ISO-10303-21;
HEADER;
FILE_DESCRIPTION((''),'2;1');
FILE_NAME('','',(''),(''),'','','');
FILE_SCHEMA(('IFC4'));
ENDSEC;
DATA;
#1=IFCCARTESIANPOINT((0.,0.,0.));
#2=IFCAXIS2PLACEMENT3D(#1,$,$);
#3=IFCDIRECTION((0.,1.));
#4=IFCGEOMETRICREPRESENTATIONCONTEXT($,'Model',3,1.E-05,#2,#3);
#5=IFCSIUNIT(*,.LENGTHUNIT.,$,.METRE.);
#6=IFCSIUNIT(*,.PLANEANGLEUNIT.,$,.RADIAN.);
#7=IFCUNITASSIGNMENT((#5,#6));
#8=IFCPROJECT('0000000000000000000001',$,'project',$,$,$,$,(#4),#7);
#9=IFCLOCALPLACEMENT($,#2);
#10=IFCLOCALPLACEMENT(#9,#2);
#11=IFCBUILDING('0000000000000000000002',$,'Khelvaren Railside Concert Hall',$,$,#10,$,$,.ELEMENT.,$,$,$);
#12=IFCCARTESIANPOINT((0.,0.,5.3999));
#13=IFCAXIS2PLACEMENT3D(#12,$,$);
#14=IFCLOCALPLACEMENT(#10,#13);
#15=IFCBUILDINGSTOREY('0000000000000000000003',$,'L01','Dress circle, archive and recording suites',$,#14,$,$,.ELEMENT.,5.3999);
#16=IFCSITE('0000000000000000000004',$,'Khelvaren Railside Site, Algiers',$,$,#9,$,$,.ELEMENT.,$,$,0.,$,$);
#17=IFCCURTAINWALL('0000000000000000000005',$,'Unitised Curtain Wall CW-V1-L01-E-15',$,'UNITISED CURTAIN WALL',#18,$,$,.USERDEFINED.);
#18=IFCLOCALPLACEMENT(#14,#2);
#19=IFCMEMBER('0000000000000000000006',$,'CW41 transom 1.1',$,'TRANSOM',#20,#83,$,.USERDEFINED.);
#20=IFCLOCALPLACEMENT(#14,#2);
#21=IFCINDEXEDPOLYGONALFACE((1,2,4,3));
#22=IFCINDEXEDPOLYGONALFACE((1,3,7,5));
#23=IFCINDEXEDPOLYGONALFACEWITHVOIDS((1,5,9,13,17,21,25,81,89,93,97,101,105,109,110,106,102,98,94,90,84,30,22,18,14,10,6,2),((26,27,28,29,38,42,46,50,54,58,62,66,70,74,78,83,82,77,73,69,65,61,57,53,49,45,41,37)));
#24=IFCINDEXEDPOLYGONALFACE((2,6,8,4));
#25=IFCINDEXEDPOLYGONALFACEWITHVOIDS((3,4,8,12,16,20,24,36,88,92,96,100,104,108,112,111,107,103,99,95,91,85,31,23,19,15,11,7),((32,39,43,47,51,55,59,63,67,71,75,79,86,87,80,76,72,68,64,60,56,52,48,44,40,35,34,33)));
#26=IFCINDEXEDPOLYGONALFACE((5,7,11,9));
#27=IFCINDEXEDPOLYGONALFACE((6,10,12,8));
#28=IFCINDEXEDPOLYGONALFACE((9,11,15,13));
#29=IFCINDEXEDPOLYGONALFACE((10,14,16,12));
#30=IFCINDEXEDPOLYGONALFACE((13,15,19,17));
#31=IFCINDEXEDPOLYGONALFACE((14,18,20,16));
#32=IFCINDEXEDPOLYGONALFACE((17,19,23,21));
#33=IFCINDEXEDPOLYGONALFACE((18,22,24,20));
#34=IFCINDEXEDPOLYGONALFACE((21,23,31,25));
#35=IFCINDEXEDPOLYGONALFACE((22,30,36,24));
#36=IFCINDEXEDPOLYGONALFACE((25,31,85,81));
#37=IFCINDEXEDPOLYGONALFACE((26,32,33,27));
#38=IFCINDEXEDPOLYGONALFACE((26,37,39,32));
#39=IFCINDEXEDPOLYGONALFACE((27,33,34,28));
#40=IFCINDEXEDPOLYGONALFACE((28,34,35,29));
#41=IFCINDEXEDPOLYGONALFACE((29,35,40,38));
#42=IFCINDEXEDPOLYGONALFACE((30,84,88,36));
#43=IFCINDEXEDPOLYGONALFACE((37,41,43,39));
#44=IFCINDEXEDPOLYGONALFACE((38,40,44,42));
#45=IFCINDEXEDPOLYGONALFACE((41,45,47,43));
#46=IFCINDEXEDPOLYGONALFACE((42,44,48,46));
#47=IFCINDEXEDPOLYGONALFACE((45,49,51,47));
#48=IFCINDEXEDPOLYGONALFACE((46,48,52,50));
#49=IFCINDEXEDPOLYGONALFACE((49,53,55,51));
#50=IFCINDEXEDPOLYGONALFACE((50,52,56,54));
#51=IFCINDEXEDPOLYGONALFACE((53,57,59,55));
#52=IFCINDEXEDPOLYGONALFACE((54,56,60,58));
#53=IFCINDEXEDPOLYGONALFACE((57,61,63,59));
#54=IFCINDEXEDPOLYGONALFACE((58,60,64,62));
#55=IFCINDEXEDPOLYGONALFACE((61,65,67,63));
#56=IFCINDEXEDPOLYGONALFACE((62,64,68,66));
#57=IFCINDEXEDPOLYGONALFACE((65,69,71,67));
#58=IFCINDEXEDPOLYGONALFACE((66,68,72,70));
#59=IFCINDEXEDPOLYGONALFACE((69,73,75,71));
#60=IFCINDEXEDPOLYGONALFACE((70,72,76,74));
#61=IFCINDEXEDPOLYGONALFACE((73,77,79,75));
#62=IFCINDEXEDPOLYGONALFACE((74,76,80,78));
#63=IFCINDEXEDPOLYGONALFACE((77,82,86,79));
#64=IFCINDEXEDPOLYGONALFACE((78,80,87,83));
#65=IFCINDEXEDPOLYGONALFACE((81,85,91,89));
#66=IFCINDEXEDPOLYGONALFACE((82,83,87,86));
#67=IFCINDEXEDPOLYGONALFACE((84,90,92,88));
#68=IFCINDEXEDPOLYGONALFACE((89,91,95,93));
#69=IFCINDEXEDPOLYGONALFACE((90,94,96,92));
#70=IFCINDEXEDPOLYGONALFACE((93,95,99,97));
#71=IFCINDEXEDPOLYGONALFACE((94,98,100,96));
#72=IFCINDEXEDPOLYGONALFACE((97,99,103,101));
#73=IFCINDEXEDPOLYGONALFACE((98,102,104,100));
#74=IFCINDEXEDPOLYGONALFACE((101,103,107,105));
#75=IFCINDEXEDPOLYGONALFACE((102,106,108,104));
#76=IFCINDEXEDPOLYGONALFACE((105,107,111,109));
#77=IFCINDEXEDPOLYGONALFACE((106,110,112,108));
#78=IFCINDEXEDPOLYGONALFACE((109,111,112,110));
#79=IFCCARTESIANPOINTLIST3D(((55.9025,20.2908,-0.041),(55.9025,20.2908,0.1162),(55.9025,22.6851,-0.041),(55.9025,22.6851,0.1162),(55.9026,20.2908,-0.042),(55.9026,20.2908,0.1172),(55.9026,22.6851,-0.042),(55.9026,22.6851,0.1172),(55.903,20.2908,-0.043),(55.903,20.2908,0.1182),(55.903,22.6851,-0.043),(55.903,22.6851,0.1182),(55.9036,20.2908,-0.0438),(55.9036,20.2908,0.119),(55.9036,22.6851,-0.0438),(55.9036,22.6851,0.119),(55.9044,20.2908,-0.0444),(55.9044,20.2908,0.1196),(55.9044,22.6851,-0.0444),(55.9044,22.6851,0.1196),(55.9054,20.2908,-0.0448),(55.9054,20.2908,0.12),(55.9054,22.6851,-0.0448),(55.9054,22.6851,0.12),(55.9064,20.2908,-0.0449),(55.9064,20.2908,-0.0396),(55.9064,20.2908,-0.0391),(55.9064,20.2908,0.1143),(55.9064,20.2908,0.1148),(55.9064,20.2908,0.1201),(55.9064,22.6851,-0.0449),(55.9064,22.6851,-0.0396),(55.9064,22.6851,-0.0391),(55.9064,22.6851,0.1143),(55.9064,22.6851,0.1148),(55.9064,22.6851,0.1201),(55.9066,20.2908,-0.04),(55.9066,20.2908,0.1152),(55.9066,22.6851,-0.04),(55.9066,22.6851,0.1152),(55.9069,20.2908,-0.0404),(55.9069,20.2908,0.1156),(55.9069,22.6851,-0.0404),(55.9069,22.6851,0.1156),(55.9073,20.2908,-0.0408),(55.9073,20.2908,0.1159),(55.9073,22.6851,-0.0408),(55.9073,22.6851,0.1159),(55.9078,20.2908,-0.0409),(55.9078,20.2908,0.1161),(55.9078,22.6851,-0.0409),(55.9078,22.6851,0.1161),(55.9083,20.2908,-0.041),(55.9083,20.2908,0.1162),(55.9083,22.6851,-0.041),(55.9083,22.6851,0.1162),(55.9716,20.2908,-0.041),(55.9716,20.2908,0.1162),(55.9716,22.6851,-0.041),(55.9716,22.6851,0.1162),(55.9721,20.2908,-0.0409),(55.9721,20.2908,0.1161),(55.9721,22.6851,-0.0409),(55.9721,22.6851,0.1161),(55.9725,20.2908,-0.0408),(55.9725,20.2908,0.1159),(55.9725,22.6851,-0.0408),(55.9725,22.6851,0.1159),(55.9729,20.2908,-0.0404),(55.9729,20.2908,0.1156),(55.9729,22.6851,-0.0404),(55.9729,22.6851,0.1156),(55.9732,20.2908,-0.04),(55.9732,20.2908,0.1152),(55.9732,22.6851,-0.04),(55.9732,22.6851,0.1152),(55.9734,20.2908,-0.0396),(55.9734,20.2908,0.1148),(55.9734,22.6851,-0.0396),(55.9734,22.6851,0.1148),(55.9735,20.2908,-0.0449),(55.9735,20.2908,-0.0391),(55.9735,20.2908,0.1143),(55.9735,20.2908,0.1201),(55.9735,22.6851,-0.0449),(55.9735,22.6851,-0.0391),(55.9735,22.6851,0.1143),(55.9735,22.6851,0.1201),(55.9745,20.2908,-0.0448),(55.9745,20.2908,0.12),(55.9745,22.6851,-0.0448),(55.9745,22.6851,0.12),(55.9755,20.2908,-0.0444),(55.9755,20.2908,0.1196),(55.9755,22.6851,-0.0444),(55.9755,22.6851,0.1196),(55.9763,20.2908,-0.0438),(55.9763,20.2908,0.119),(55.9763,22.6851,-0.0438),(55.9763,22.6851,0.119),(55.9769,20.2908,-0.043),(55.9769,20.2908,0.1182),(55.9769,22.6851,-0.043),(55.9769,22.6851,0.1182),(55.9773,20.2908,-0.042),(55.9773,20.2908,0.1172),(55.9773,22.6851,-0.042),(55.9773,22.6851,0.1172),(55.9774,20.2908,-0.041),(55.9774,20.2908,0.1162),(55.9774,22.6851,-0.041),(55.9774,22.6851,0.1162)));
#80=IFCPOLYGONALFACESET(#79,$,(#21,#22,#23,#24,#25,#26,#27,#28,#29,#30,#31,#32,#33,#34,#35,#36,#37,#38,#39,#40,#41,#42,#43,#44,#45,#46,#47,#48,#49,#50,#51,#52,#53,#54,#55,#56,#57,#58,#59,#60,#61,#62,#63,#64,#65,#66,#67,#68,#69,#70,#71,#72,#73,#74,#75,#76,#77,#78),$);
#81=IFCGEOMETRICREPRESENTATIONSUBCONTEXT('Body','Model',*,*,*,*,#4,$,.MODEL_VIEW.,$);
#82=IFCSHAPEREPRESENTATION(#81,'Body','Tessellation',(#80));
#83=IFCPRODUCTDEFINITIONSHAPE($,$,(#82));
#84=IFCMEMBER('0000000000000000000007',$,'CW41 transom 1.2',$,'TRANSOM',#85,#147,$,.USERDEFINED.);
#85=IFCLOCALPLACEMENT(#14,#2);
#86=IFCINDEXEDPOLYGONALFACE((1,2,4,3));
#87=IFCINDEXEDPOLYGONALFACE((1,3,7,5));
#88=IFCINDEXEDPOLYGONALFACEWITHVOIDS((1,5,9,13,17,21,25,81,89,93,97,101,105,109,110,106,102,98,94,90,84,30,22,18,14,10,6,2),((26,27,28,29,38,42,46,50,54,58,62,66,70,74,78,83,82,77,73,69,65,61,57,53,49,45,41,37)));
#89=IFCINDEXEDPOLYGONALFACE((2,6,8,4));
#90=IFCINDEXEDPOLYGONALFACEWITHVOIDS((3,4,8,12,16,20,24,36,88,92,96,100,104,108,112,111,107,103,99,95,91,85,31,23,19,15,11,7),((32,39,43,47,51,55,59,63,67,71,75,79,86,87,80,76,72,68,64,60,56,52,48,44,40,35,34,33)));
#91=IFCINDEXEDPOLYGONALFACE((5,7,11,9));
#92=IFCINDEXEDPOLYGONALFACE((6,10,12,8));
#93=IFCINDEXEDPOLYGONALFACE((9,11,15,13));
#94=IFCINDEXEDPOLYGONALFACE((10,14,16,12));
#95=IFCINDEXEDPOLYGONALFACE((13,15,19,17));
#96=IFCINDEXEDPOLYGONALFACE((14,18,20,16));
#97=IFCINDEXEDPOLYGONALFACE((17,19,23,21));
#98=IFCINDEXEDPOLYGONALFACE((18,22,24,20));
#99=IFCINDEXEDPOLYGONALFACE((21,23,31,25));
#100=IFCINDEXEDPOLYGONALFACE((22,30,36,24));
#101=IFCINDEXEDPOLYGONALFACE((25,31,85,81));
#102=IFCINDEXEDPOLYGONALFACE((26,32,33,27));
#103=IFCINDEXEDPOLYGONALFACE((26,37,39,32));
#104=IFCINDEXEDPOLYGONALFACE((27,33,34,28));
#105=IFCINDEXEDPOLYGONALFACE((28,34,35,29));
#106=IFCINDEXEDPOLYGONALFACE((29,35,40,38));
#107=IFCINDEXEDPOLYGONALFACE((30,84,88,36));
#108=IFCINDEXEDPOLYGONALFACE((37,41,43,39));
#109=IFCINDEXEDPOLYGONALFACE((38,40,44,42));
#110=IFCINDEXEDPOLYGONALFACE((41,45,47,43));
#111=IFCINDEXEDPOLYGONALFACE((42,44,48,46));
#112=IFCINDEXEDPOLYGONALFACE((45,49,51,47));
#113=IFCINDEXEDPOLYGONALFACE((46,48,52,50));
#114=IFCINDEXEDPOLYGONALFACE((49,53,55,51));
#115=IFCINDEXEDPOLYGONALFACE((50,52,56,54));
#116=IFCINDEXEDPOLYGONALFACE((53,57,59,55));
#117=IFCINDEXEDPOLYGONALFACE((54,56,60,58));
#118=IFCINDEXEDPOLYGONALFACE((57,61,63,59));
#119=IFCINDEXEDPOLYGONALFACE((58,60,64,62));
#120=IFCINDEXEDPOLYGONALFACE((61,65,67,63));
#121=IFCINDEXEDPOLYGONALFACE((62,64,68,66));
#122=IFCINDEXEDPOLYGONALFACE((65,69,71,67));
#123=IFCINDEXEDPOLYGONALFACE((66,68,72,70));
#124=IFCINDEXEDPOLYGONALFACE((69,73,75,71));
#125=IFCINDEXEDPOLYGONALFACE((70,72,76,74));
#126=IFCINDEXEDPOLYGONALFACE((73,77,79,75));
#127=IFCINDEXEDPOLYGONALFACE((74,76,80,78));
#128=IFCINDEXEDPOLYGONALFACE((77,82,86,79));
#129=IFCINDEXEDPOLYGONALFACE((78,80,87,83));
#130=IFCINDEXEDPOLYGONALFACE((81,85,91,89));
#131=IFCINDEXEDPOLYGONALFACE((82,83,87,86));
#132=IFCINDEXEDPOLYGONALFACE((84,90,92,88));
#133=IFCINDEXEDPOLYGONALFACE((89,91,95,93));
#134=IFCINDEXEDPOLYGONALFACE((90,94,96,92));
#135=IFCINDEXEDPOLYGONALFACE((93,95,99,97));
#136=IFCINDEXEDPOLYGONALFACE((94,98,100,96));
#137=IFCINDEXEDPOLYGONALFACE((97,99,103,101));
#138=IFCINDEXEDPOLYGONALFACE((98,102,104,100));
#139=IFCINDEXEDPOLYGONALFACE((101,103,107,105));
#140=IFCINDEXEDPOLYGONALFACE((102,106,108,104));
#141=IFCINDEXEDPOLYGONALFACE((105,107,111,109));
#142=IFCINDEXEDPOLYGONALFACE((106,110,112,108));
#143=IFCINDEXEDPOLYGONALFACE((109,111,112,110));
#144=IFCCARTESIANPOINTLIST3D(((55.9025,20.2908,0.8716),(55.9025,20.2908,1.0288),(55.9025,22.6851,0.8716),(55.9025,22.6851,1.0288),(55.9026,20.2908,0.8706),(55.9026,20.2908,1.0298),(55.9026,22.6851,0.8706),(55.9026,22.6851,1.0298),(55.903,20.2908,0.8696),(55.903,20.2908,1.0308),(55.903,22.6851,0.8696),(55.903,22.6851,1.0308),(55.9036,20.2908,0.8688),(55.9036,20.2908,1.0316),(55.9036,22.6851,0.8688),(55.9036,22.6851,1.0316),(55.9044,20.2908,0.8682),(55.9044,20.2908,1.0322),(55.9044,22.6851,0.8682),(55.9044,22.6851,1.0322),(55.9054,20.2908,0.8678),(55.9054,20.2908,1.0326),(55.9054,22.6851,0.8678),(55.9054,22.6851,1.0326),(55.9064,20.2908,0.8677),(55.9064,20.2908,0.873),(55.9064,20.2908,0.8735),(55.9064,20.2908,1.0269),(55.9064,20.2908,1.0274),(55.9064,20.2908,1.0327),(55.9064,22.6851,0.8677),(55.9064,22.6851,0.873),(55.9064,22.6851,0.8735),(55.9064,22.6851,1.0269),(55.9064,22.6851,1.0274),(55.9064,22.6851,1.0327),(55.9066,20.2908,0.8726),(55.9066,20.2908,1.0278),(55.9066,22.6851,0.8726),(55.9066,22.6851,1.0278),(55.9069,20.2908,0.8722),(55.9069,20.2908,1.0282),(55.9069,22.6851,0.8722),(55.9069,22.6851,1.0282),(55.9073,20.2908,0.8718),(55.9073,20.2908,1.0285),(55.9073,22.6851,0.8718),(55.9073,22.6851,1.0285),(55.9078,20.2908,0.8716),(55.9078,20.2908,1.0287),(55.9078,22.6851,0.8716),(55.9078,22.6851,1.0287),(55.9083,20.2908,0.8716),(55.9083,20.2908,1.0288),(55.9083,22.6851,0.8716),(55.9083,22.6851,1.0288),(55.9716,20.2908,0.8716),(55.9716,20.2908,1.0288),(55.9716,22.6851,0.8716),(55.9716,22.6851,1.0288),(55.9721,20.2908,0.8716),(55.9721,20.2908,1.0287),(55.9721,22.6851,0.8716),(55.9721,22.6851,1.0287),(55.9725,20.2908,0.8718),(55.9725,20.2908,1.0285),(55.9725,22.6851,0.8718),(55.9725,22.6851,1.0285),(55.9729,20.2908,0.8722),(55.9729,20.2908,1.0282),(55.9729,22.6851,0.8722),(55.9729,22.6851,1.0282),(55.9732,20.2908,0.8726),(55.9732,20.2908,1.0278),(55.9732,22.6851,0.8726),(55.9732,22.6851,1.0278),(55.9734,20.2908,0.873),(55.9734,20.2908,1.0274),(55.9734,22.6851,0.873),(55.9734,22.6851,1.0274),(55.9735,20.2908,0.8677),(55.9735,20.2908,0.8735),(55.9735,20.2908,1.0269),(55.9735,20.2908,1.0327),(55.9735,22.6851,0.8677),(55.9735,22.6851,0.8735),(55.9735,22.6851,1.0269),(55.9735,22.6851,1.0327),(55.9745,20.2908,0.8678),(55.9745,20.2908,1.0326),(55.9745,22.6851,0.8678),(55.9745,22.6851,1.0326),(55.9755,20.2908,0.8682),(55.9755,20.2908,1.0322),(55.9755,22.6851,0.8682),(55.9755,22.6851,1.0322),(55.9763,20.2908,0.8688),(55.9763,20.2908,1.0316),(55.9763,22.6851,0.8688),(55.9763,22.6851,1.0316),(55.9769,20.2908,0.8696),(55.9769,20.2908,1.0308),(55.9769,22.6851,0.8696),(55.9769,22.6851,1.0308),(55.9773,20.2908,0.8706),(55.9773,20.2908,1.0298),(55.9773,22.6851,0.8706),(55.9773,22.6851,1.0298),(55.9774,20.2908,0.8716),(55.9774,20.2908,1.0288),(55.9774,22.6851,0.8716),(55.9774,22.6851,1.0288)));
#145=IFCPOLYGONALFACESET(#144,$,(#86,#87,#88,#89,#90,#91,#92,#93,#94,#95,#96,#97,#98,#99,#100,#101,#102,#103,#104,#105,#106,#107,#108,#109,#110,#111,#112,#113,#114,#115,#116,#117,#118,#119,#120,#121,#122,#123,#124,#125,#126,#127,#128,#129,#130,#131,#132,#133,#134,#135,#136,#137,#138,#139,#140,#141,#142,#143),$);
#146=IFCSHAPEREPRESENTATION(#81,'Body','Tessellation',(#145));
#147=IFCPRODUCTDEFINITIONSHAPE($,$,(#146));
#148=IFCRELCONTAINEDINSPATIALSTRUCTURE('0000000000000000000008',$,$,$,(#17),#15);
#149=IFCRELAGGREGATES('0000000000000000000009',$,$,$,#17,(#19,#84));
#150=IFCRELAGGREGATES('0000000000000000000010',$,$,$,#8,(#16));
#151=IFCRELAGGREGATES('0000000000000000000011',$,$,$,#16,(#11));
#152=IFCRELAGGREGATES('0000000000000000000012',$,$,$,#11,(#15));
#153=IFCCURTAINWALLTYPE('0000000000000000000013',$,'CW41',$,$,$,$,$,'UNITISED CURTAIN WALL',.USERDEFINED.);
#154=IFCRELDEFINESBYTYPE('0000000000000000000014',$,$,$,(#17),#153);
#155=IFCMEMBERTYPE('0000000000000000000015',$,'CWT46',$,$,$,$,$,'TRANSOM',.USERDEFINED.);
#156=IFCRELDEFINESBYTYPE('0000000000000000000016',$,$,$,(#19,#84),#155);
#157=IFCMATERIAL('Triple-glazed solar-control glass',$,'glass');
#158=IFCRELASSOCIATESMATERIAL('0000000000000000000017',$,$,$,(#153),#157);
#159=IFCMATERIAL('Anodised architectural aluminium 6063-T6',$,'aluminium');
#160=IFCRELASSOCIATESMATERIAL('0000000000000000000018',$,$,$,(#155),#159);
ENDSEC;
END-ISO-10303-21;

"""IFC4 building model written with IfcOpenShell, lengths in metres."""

from ifc_helpers import new_model, si_unit, direction, frame, origin, origin_2d, place, context, subcontext, project, spatial, hollow_rectangle, extrude, material, material_profile, profile_set, type_object, element, aggregate, save


model = new_model("IFC4")

# Units and contexts
model_context = context("Model", 3, precision=1e-05, world=origin(), true_north=direction((0.0, 1.0)))
body_context = subcontext(model_context, "Body", "Model", "MODEL_VIEW")
ifc_project = project(units=[si_unit("LENGTHUNIT", "METRE"), si_unit("PLANEANGLEUNIT", "RADIAN")], contexts=[model_context])

# Site, building, storey
site_placement = place(None, origin())
site = spatial("IfcSite", under=ifc_project, at=site_placement, Name="Khelvaren Railside Site, Algiers", CompositionType="ELEMENT", RefElevation=0.0)
building_placement = place(site_placement, origin())
building = spatial("IfcBuilding", under=site, at=building_placement, Name="Khelvaren Railside Concert Hall", CompositionType="ELEMENT")
storey_placement = place(building_placement, frame((0.0, 0.0, 5.3999)))
storey = spatial("IfcBuildingStorey", under=building, at=storey_placement, Name="L01", Description="Dress circle, archive and recording suites", CompositionType="ELEMENT", Elevation=5.3999)

# Curtain wall, members
ifc_material_1 = material(Name="Triple-glazed solar-control glass", Category="glass")
curtain_wall_type = type_object("IfcCurtainWallType", Name="CW41", ElementType="UNITISED CURTAIN WALL", PredefinedType="USERDEFINED", material=ifc_material_1)
curtain_wall_placement = place(storey_placement, origin())
curtain_wall = element("IfcCurtainWall", 1, at=curtain_wall_placement, inside=storey, type_object=curtain_wall_type, Name="Unitised Curtain Wall CW-V1-L01-E-15", ObjectType="UNITISED CURTAIN WALL", PredefinedType="USERDEFINED")
ifc_material_2 = material(Name="Anodised architectural aluminium 6063-T6", Category="aluminium")
ifc_material_profile_1 = material_profile(ifc_material_2, hollow_rectangle(XDim=0.075, YDim=0.165, WallThickness=0.0039, InnerFilletRadius=0.002, OuterFilletRadius=0.0039, at=origin_2d()), Name="CWT 75x165x4")
ifc_profile_set_1 = profile_set([ifc_material_profile_1], Name="Anodised architectural aluminium 6063-T6")
member_type_1 = type_object("IfcMemberType", Name="CWT46", ElementType="TRANSOM", PredefinedType="USERDEFINED", material=ifc_profile_set_1)
member_1_placement = place(storey_placement, frame((55.9399, 22.6851, 0.0376), z_axis=(0.0, -1.0, 0.0), x_axis=(1.0, 0.0, 0.0)))
member_1 = element("IfcMember", 2, at=member_1_placement, type_object=member_type_1, Name="CW41 transom 1.1", ObjectType="TRANSOM", PredefinedType="USERDEFINED", context=body_context, shape_type="SweptSolid", body=[
    extrude(hollow_rectangle(XDim=0.075, YDim=0.165, WallThickness=0.0039, InnerFilletRadius=0.002, OuterFilletRadius=0.0039, at=origin_2d()), origin(), (0.0, 0.0, 1.0), 2.3943),
])
member_2_placement = place(storey_placement, frame((55.9399, 22.6851, 0.9502), z_axis=(0.0, -1.0, 0.0), x_axis=(1.0, 0.0, 0.0)))
member_2 = element("IfcMember", 3, at=member_2_placement, type_object=member_type_1, Name="CW41 transom 1.2", ObjectType="TRANSOM", PredefinedType="USERDEFINED", context=body_context, shape_type="SweptSolid", body=[
    extrude(hollow_rectangle(XDim=0.075, YDim=0.165, WallThickness=0.0039, InnerFilletRadius=0.002, OuterFilletRadius=0.0039, at=origin_2d()), origin(), (0.0, 0.0, 1.0), 2.3943),
])

aggregate(curtain_wall, [member_1, member_2])

save(model, "model.ifc")
